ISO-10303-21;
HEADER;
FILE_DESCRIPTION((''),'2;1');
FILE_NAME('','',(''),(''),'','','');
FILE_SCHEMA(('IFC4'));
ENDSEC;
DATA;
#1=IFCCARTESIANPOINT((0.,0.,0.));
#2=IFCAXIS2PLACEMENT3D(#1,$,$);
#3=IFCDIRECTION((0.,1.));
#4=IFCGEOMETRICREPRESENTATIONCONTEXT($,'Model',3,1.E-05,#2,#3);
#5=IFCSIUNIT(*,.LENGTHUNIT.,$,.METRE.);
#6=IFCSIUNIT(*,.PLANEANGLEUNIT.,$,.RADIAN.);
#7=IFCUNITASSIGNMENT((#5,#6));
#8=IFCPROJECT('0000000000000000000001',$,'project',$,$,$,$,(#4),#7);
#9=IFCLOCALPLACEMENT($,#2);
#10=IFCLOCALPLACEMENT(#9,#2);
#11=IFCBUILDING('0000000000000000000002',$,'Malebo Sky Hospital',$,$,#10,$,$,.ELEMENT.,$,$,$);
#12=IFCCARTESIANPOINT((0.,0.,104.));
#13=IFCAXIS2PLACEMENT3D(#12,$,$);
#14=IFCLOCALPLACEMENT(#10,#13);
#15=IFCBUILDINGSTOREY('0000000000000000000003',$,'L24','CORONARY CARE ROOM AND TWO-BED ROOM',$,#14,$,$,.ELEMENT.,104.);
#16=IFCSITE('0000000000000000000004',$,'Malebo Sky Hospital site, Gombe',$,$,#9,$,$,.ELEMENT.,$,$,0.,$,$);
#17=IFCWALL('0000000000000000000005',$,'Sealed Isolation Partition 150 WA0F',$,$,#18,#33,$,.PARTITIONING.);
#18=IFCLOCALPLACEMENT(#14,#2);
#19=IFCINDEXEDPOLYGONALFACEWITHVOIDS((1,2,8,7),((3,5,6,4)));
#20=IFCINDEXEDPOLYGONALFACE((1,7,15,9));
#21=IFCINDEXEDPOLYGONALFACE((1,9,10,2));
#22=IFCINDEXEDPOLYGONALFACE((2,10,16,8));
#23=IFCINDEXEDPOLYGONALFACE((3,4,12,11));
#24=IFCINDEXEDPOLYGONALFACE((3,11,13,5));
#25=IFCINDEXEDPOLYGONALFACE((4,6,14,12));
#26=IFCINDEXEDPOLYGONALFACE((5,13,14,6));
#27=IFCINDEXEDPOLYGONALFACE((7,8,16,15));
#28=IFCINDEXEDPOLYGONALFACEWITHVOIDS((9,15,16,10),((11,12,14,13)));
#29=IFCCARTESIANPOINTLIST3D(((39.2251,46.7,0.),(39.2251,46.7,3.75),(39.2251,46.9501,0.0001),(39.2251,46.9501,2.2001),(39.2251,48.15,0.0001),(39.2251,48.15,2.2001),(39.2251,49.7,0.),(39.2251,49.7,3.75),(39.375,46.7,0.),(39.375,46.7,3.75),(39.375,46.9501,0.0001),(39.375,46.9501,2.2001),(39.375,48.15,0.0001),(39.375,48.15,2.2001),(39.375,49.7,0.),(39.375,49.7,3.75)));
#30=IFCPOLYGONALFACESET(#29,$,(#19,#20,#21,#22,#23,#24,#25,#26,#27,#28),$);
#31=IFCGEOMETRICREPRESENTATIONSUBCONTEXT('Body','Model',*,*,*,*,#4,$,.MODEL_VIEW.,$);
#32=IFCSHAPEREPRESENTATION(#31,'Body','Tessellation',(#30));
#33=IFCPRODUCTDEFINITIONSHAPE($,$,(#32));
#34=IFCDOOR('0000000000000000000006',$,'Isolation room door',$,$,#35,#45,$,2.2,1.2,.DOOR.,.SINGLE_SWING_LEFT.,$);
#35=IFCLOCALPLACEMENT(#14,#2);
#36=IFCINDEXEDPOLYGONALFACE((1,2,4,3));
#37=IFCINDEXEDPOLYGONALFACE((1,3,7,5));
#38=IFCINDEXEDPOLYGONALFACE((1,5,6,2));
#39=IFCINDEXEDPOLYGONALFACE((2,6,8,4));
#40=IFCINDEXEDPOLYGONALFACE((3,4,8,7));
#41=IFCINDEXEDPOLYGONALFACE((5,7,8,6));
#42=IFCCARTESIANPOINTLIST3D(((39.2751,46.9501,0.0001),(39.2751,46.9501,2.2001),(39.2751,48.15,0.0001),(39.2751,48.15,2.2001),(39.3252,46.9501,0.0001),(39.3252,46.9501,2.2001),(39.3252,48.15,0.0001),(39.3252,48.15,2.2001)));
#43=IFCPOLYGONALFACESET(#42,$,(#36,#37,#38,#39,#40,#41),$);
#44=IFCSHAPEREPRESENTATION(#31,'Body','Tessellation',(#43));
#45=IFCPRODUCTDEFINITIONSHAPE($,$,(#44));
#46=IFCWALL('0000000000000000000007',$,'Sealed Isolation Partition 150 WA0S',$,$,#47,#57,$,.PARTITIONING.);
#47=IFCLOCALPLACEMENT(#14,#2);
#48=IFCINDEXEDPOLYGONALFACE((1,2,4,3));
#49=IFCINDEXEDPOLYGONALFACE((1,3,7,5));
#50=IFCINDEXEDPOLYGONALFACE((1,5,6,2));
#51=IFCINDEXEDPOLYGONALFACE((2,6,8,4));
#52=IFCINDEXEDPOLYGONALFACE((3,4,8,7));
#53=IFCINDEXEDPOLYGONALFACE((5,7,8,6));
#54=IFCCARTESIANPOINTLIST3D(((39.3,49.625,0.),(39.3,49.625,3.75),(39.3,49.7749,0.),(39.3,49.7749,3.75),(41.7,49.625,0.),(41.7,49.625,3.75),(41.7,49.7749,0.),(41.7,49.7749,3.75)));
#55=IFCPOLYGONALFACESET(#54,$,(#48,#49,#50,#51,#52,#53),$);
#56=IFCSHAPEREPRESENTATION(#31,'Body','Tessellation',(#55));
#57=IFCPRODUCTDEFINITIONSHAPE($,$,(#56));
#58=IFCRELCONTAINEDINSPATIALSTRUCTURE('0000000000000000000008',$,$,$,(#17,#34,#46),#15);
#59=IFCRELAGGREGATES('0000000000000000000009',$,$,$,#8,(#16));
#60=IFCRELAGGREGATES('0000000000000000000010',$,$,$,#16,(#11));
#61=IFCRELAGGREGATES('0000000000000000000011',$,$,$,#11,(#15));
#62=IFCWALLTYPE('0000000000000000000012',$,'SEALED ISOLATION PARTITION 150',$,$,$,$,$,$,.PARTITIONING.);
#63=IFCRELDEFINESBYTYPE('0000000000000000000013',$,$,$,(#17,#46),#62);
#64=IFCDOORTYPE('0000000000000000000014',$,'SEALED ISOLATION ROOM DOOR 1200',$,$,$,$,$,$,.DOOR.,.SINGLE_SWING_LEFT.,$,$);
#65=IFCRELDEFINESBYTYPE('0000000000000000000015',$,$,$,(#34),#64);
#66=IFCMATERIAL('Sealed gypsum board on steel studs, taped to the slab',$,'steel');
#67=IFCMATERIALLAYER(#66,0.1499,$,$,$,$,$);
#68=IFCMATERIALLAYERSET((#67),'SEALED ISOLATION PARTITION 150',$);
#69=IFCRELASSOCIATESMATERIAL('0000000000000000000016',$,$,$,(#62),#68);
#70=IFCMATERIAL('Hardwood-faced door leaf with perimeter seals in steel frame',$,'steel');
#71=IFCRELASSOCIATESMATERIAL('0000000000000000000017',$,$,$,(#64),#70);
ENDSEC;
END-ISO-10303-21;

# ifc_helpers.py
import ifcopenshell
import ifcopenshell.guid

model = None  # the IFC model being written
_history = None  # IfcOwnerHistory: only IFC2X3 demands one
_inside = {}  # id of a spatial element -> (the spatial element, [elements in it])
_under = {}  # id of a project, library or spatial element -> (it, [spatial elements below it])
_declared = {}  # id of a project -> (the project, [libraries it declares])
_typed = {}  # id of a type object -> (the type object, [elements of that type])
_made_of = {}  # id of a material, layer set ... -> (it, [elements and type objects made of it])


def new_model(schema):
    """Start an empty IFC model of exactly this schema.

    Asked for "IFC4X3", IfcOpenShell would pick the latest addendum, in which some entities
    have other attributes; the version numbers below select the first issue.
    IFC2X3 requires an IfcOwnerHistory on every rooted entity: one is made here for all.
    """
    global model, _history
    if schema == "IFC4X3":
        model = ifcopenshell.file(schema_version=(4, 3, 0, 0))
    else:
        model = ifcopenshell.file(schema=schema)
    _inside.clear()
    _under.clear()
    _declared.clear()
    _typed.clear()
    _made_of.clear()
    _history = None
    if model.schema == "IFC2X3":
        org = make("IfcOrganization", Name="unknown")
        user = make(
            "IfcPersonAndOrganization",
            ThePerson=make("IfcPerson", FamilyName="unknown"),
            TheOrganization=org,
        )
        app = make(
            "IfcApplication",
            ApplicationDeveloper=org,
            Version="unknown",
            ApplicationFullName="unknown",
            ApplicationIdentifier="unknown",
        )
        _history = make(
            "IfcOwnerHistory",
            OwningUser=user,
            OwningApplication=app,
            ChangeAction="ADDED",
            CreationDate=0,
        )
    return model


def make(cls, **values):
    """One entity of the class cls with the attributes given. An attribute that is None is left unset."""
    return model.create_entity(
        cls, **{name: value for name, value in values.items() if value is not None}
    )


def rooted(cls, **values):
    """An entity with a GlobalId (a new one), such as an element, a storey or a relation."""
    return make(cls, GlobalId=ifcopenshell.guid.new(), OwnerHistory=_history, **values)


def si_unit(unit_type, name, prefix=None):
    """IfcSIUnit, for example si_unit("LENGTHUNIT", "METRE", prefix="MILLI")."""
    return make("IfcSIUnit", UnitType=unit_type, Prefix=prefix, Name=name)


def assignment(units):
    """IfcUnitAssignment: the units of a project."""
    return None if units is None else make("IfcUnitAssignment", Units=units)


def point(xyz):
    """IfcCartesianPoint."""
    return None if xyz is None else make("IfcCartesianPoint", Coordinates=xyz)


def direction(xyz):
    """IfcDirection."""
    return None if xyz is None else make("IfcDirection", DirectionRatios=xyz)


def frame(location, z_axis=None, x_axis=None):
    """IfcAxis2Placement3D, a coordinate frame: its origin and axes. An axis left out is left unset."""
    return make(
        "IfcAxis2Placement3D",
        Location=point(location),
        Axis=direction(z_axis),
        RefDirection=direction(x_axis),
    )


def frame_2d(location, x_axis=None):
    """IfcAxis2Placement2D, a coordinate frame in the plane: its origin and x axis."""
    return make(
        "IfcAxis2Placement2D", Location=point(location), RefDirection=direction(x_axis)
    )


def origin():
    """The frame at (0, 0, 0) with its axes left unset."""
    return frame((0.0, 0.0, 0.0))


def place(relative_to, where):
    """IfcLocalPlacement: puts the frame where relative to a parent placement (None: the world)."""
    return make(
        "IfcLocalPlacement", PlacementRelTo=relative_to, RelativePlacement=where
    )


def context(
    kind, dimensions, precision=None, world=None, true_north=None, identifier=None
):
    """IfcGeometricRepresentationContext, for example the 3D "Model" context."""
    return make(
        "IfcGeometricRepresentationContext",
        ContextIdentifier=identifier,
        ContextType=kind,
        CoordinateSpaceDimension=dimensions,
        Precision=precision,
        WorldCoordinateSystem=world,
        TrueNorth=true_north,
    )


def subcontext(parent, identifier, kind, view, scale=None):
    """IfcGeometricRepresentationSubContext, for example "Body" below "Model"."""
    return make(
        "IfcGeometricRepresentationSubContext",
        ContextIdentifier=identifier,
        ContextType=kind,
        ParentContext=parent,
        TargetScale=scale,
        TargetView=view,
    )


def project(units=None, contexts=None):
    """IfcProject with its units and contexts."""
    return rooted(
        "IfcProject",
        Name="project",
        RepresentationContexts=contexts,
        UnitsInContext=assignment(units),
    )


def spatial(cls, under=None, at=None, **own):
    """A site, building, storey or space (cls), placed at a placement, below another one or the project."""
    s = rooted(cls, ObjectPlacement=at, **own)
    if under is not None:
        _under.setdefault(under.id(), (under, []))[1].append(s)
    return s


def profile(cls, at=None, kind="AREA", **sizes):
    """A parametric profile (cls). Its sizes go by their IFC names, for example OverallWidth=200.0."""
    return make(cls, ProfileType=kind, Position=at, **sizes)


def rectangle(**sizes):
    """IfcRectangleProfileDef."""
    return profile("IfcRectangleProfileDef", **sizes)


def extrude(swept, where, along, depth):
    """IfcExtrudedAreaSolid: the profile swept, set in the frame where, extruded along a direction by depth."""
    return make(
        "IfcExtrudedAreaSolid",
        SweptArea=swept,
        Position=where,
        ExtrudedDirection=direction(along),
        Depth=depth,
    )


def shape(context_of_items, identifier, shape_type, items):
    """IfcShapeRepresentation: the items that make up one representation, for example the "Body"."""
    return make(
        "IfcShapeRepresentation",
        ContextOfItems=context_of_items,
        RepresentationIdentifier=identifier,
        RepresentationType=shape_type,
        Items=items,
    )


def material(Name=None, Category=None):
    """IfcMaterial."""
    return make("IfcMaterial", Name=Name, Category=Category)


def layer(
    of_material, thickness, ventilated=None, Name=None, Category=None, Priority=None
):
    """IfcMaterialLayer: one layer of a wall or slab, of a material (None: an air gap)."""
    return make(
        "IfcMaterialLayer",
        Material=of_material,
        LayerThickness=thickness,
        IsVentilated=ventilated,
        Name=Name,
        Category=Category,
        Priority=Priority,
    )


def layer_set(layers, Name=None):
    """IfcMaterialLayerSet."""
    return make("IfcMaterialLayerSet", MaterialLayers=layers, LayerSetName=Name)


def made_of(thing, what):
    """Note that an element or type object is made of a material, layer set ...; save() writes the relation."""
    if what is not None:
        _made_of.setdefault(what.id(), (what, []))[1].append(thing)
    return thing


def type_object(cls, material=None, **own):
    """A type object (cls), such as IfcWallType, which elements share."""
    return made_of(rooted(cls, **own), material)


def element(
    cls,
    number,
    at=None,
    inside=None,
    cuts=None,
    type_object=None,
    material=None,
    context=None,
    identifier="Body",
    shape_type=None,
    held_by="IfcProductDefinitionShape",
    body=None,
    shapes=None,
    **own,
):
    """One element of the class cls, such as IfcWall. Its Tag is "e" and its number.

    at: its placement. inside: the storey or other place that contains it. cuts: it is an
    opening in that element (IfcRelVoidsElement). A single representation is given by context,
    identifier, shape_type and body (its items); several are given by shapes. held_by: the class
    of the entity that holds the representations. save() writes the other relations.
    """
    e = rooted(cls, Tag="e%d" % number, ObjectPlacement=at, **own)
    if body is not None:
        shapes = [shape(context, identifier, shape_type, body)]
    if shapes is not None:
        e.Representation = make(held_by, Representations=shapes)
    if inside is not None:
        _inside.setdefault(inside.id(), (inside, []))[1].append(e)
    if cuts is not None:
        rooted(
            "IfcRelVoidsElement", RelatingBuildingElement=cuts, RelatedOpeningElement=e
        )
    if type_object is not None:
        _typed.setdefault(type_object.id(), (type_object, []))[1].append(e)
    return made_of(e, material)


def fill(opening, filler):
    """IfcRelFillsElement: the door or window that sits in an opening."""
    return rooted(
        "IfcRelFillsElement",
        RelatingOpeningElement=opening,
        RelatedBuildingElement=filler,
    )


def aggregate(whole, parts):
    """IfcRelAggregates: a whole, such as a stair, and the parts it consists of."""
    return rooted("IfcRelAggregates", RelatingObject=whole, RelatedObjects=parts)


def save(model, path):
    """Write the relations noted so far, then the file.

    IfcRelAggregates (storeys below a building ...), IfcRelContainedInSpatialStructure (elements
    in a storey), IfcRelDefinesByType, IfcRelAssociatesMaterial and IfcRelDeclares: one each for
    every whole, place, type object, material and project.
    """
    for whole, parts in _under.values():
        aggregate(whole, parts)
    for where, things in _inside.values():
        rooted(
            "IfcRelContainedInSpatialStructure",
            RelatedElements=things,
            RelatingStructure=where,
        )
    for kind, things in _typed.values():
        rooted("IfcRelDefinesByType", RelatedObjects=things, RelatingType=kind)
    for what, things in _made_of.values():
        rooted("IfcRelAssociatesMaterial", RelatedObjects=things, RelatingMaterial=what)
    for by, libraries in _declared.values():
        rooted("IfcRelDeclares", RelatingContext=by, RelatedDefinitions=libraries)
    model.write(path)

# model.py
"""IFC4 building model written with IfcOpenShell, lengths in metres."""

from ifc_helpers import new_model, si_unit, direction, frame, frame_2d, origin, place, context, subcontext, project, spatial, rectangle, extrude, material, layer, layer_set, type_object, element, fill, save


model = new_model("IFC4")

# Units and contexts
model_context = context("Model", 3, precision=1e-05, world=origin(), true_north=direction((0.0, 1.0)))
body_context = subcontext(model_context, "Body", "Model", "MODEL_VIEW")
ifc_project = project(units=[si_unit("LENGTHUNIT", "METRE"), si_unit("PLANEANGLEUNIT", "RADIAN")], contexts=[model_context])

# Site, building, storey
site_placement = place(None, origin())
site = spatial("IfcSite", under=ifc_project, at=site_placement, Name="Malebo Sky Hospital site, Gombe", CompositionType="ELEMENT", RefElevation=0.0)
building_placement = place(site_placement, origin())
building = spatial("IfcBuilding", under=site, at=building_placement, Name="Malebo Sky Hospital", CompositionType="ELEMENT")
storey_placement = place(building_placement, frame((0.0, 0.0, 104.0)))
storey = spatial("IfcBuildingStorey", under=building, at=storey_placement, Name="L24", Description="CORONARY CARE ROOM AND TWO-BED ROOM", CompositionType="ELEMENT", Elevation=104.0)

# Wall, opening, door
ifc_material_1 = material(Name="Sealed gypsum board on steel studs, taped to the slab", Category="steel")
ifc_layer_1 = layer(ifc_material_1, 0.1499)
ifc_layer_set_1 = layer_set([ifc_layer_1], Name="SEALED ISOLATION PARTITION 150")
wall_type_1 = type_object("IfcWallType", Name="SEALED ISOLATION PARTITION 150", PredefinedType="PARTITIONING", material=ifc_layer_set_1)
wall_1_placement = place(storey_placement, frame((39.3, 46.7, 0.0), z_axis=(0.0, 0.0, 1.0), x_axis=(0.0, 1.0, 0.0)))
wall_1 = element("IfcWall", 1, at=wall_1_placement, inside=storey, type_object=wall_type_1, Name="Sealed Isolation Partition 150 WA0F", PredefinedType="PARTITIONING", context=body_context, shape_type="SweptSolid", body=[
    extrude(rectangle(XDim=3.0, YDim=0.1499, at=frame_2d((1.5, 0.0))), origin(), (0.0, 0.0, 1.0), 3.75),
])
opening_1_placement = place(wall_1_placement, frame((0.25, 0.0, 0.0)))
opening_1 = element("IfcOpeningElement", 2, at=opening_1_placement, cuts=wall_1, PredefinedType="OPENING", context=body_context, shape_type="SweptSolid", body=[
    extrude(rectangle(XDim=1.2, YDim=2.2, at=frame_2d((0.6001, 1.1001))), frame((0.0, 0.085, 0.0), z_axis=(0.0, -1.0, 0.0), x_axis=(1.0, 0.0, 0.0)), (0.0, 0.0, 1.0), 0.1699),
])
ifc_material_2 = material(Name="Hardwood-faced door leaf with perimeter seals in steel frame", Category="steel")
door_type_1 = type_object("IfcDoorType", Name="SEALED ISOLATION ROOM DOOR 1200", OperationType="SINGLE_SWING_LEFT", PredefinedType="DOOR", material=ifc_material_2)
door_1_placement = place(opening_1_placement, origin())
door_1 = element("IfcDoor", 3, at=door_1_placement, inside=storey, type_object=door_type_1, Name="Isolation room door", OperationType="SINGLE_SWING_LEFT", OverallHeight=2.2, OverallWidth=1.2, PredefinedType="DOOR", context=body_context, shape_type="SweptSolid", body=[
    extrude(rectangle(XDim=1.2, YDim=2.2, at=frame_2d((0.6001, 1.1001))), frame((0.0, 0.0249, 0.0), z_axis=(0.0, -1.0, 0.0), x_axis=(1.0, 0.0, 0.0)), (0.0, 0.0, 1.0), 0.05),
])
fill(opening_1, door_1)

# Wall
wall_2_placement = place(storey_placement, frame((41.7, 49.7, 0.0), z_axis=(0.0, 0.0, 1.0), x_axis=(-1.0, 0.0, 0.0)))
element("IfcWall", 4, at=wall_2_placement, inside=storey, type_object=wall_type_1, Name="Sealed Isolation Partition 150 WA0S", PredefinedType="PARTITIONING", context=body_context, shape_type="SweptSolid", body=[
    extrude(rectangle(XDim=2.3999, YDim=0.1499, at=frame_2d((1.2, 0.0))), origin(), (0.0, 0.0, 1.0), 3.75),
])

save(model, "model.ifc")
